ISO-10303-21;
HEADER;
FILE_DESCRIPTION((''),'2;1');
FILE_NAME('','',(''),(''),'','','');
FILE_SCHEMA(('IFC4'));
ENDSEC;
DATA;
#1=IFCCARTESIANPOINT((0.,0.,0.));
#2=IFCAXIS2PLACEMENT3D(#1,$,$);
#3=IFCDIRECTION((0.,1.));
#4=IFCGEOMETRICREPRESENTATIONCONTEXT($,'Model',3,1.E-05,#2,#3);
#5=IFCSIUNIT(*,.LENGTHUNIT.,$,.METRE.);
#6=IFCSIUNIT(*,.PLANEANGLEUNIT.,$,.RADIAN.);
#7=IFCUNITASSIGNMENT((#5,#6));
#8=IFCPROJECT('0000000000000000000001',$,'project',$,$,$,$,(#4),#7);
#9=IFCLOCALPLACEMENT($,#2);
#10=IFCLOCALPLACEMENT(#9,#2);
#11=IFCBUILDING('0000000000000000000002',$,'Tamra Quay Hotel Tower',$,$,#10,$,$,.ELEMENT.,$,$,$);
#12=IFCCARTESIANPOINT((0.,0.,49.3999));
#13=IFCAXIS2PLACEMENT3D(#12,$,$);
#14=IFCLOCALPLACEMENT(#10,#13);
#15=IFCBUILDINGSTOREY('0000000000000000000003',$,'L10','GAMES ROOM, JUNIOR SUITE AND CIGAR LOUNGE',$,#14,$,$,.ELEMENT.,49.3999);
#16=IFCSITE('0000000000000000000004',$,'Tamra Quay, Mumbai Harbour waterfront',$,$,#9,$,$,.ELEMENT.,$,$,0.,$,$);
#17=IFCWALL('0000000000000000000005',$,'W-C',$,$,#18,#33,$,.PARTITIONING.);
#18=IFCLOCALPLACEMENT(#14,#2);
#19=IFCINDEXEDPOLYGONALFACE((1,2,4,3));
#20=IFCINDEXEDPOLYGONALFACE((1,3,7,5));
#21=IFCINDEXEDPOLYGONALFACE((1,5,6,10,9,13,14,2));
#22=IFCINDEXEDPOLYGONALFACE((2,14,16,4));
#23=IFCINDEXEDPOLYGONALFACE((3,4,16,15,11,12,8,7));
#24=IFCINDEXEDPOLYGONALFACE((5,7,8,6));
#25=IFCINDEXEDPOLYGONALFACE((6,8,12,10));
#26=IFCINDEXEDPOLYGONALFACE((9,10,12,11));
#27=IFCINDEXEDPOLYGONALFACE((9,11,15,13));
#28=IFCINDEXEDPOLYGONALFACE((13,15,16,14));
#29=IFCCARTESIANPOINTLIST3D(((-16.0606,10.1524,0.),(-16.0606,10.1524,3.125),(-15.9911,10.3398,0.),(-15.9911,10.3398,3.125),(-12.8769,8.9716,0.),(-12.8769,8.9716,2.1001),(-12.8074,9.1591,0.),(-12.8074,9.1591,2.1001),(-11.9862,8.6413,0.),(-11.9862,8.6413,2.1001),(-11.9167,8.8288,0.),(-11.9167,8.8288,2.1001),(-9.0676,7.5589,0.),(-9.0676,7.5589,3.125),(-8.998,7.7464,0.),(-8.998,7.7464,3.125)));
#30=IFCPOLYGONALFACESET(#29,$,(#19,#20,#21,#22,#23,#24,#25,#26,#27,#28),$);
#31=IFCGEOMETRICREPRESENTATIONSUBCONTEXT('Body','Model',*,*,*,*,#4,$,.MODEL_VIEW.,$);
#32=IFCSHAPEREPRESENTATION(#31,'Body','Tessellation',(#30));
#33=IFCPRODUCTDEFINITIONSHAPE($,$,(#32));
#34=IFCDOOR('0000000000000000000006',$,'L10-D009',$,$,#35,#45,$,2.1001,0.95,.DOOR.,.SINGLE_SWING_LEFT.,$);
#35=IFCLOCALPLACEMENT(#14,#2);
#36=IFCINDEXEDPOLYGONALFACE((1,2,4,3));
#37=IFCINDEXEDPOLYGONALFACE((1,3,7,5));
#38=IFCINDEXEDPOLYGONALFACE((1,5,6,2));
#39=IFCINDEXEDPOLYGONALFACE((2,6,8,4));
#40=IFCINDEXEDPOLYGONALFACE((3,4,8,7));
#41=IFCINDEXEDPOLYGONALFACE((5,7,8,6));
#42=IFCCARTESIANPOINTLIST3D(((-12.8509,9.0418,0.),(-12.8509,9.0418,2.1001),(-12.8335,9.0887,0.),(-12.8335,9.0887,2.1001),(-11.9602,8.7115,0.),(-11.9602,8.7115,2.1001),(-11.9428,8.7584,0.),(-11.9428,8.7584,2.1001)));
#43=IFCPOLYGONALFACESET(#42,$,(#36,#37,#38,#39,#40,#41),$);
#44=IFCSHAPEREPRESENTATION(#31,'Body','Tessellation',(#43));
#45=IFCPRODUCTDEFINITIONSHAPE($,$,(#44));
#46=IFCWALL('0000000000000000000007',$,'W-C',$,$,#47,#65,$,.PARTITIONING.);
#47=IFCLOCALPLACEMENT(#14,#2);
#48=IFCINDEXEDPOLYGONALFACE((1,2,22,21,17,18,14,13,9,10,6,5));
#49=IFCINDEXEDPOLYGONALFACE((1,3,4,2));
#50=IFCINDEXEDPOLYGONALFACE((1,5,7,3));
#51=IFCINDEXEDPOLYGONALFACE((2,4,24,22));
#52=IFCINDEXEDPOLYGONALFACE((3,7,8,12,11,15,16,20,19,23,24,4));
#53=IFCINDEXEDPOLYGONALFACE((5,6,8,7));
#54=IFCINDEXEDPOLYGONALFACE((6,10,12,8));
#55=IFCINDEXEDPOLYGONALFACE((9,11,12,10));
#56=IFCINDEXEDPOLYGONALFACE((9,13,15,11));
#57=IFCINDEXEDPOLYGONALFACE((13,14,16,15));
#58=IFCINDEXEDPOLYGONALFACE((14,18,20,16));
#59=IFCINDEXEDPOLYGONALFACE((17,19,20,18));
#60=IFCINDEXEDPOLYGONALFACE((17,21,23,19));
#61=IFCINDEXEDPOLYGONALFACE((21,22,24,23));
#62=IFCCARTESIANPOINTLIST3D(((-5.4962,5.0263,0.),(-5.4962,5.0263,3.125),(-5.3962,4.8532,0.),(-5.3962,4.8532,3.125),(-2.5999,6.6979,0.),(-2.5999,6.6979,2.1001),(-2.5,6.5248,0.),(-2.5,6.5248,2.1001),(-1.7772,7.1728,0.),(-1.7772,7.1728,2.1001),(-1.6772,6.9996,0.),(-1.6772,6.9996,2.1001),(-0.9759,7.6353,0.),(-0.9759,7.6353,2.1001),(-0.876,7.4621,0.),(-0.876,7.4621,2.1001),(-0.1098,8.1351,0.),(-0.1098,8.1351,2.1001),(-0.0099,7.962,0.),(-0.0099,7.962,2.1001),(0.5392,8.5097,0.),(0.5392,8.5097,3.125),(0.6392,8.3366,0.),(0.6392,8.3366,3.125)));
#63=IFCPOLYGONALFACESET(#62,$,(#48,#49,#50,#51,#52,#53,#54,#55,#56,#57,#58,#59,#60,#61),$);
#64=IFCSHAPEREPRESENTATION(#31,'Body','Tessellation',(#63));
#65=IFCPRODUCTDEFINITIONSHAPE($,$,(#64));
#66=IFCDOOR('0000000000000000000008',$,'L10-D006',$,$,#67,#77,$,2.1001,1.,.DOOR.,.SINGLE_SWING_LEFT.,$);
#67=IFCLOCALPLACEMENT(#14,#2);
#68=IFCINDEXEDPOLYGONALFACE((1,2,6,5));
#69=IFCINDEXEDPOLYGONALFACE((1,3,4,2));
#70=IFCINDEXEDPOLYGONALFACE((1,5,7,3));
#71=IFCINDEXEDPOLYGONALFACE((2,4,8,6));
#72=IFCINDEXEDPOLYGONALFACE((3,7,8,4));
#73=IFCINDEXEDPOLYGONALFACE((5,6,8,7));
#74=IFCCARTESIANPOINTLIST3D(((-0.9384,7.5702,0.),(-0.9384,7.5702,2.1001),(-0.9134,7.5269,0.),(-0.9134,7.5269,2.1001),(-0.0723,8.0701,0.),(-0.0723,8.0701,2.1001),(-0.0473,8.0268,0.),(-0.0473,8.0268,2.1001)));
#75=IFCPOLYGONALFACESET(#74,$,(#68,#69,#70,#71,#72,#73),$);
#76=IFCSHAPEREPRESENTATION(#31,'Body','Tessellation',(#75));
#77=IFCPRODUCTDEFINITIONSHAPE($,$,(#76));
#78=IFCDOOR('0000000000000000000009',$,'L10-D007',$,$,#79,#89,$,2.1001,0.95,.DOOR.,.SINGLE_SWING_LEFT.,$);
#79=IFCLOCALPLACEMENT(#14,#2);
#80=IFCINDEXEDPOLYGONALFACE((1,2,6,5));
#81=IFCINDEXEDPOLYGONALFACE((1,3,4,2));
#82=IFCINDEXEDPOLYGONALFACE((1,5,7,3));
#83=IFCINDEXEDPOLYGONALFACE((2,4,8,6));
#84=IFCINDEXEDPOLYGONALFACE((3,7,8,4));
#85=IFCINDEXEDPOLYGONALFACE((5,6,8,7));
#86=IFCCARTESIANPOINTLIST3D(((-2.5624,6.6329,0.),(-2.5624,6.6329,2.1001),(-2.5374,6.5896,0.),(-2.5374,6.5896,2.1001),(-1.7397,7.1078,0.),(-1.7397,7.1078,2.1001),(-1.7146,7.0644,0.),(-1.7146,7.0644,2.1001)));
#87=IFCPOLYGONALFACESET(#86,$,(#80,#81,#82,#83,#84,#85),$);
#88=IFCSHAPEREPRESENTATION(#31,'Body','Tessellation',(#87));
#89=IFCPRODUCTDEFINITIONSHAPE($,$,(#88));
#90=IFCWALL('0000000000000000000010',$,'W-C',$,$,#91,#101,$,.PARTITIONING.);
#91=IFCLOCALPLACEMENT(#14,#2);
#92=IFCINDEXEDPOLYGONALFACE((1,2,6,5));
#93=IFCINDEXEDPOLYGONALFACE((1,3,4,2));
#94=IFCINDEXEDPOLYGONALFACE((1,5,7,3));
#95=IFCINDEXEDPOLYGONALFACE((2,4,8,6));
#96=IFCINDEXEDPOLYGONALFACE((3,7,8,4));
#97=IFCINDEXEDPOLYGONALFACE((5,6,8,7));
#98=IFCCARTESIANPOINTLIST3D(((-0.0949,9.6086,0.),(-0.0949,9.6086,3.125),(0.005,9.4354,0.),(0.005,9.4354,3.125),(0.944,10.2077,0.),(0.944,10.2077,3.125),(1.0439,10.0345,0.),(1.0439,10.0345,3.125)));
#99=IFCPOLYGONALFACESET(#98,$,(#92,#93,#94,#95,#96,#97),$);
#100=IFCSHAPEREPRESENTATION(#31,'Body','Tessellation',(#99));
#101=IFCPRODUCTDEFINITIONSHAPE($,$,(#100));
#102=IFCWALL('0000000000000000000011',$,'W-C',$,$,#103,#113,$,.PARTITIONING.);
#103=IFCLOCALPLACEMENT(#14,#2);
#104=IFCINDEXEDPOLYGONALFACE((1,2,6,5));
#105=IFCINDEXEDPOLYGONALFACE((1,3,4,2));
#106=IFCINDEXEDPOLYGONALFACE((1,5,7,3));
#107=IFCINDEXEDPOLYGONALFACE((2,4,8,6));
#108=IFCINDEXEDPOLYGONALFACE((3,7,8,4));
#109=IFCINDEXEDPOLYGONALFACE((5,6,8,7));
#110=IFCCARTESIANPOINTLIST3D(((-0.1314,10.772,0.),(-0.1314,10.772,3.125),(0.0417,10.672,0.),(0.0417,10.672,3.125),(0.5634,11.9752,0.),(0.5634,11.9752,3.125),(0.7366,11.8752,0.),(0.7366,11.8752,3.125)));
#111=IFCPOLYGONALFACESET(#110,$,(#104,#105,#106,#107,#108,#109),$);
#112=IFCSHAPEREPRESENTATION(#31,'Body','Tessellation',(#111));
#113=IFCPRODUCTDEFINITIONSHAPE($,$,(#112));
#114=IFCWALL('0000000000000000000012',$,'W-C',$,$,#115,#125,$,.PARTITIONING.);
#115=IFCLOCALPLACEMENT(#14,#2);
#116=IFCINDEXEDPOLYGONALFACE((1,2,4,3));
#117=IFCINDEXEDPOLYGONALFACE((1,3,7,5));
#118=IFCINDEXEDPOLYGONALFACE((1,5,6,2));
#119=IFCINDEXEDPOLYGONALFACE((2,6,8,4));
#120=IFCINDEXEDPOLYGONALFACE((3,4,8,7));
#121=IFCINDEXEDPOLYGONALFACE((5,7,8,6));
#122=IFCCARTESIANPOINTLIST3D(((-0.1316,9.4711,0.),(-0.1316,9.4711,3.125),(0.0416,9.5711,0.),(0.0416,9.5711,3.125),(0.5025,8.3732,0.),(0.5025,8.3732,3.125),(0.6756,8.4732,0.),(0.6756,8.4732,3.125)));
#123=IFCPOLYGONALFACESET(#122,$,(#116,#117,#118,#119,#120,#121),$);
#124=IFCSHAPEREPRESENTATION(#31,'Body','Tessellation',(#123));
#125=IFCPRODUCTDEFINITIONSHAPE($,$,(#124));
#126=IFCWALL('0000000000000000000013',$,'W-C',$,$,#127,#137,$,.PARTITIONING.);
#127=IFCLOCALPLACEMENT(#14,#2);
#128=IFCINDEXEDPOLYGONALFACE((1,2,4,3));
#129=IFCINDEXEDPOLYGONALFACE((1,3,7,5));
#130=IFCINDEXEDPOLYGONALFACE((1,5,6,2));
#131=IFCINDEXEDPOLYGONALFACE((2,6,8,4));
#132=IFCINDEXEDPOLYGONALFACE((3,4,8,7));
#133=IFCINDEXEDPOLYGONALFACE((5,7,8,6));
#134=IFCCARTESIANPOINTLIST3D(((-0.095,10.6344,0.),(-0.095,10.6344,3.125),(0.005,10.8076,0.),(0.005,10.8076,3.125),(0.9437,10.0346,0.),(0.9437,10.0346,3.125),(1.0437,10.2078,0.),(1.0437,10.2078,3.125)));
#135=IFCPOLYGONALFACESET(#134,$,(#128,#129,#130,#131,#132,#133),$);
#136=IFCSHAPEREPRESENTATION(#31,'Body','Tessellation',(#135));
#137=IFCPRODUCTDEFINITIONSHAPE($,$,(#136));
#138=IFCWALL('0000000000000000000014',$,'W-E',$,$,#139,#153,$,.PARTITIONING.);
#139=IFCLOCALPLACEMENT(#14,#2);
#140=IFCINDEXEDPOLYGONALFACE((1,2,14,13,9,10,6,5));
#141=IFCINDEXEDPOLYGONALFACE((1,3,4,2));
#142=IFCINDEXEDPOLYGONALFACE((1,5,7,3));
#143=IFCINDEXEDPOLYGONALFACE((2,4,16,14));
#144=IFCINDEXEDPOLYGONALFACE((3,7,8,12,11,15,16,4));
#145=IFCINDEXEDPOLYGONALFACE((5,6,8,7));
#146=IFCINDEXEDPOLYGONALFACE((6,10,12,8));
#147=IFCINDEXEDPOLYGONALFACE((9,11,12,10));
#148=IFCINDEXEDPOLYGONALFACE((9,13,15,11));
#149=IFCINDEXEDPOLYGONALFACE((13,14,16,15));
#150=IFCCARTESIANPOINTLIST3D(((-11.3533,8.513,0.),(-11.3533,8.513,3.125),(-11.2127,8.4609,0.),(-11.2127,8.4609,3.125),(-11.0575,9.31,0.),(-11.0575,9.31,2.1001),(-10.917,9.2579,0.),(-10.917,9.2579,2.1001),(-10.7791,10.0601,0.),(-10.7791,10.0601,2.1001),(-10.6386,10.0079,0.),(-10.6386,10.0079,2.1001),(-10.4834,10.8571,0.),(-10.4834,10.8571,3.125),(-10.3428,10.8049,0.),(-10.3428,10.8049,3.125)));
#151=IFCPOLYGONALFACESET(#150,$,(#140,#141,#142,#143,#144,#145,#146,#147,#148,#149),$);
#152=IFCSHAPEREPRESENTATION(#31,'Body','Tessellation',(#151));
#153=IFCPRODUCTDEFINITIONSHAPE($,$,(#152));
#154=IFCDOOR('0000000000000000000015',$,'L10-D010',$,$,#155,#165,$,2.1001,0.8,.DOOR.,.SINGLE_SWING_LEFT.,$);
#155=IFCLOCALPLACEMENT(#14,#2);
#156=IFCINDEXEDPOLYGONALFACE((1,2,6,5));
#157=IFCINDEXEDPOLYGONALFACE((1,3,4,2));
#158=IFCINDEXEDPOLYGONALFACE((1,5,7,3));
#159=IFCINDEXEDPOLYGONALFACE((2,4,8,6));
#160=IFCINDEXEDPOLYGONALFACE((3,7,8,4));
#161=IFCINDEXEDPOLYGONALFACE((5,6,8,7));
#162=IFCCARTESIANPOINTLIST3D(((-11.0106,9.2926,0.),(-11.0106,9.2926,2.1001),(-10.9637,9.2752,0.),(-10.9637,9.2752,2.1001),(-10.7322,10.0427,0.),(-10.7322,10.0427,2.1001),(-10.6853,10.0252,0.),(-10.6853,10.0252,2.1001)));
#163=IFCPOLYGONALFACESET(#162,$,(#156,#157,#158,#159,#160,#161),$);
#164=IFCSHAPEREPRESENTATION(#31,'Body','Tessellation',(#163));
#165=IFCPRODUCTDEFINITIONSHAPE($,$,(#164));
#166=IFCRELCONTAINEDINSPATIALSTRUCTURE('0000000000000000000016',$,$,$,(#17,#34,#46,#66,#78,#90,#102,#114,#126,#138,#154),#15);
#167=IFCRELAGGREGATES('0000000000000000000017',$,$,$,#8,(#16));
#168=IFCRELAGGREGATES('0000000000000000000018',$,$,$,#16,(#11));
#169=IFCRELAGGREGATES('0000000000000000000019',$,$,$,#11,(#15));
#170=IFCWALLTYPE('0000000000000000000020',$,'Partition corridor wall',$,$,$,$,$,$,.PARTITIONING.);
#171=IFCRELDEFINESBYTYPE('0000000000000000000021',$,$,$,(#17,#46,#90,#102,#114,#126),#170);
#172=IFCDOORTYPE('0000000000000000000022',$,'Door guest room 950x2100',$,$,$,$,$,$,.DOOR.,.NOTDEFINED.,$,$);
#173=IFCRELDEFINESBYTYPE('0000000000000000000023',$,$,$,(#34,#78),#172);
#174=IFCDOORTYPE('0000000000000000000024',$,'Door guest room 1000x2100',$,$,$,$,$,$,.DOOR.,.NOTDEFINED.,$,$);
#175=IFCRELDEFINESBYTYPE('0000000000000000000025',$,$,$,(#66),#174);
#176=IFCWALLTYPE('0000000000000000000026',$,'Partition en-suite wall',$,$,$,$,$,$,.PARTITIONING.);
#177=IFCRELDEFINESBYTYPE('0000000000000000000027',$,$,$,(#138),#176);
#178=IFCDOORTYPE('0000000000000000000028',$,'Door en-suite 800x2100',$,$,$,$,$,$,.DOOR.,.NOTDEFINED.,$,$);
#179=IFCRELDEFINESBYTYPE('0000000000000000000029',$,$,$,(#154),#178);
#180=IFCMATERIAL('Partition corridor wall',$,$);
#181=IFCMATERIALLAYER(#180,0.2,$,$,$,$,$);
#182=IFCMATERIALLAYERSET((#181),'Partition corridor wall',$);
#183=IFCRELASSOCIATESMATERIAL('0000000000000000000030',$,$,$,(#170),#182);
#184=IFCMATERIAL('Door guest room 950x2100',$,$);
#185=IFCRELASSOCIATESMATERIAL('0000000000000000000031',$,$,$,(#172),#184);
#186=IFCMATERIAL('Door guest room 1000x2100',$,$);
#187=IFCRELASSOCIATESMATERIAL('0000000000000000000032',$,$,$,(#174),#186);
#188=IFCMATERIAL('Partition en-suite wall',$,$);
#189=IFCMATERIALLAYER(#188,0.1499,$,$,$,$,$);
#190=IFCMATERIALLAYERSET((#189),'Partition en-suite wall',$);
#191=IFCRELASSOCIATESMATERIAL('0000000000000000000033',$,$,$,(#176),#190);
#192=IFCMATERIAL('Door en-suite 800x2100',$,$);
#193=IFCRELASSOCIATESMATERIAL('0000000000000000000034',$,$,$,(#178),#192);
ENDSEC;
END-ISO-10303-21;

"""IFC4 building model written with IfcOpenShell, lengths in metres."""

from ifc_helpers import new_model, si_unit, direction, frame, frame_2d, origin, place, context, subcontext, project, spatial, rectangle, extrude, material, layer, layer_set, type_object, element, fill, save


model = new_model("IFC4")

# Units and contexts
model_context = context("Model", 3, precision=1e-05, world=origin(), true_north=direction((0.0, 1.0)))
body_context = subcontext(model_context, "Body", "Model", "MODEL_VIEW")
ifc_project = project(units=[si_unit("LENGTHUNIT", "METRE"), si_unit("PLANEANGLEUNIT", "RADIAN")], contexts=[model_context])

# Site, building, storey
site_placement = place(None, origin())
site = spatial("IfcSite", under=ifc_project, at=site_placement, Name="Tamra Quay, Mumbai Harbour waterfront", CompositionType="ELEMENT", RefElevation=0.0)
building_placement = place(site_placement, origin())
building = spatial("IfcBuilding", under=site, at=building_placement, Name="Tamra Quay Hotel Tower", CompositionType="ELEMENT")
storey_placement = place(building_placement, frame((0.0, 0.0, 49.3999)))
storey = spatial("IfcBuildingStorey", under=building, at=storey_placement, Name="L10", Description="GAMES ROOM, JUNIOR SUITE AND CIGAR LOUNGE", CompositionType="ELEMENT", Elevation=49.3999)

# Wall, opening, door
ifc_material_1 = material(Name="Partition corridor wall")
ifc_layer_1 = layer(ifc_material_1, 0.2)
ifc_layer_set_1 = layer_set([ifc_layer_1], Name="Partition corridor wall")
wall_type_1 = type_object("IfcWallType", Name="Partition corridor wall", PredefinedType="PARTITIONING", material=ifc_layer_set_1)
wall_1_placement = place(storey_placement, frame((-16.0259, 10.2461, 0.0), z_axis=(0.0, 0.0, 1.0), x_axis=(0.937598, -0.347721, 0.0)))
wall_1 = element("IfcWall", 1, at=wall_1_placement, inside=storey, type_object=wall_type_1, Name="W-C", PredefinedType="PARTITIONING", context=body_context, shape_type="SweptSolid", body=[
    extrude(rectangle(XDim=7.4585, YDim=0.2, at=frame_2d((3.7292, 0.0))), origin(), (0.0, 0.0, 1.0), 3.125),
])
opening_1_placement = place(wall_1_placement, frame((3.3955, 0.0, 0.0)))
opening_1 = element("IfcOpeningElement", 2, at=opening_1_placement, cuts=wall_1, PredefinedType="OPENING", context=body_context, shape_type="SweptSolid", body=[
    extrude(rectangle(XDim=0.95, YDim=2.1001, at=frame_2d((0.4751, 1.05))), frame((0.0, 0.1099, 0.0), z_axis=(0.0, -1.0, 0.0), x_axis=(1.0, 0.0, 0.0)), (0.0, 0.0, 1.0), 0.22),
])
ifc_material_2 = material(Name="Door guest room 950x2100")
door_type_1 = type_object("IfcDoorType", Name="Door guest room 950x2100", OperationType="NOTDEFINED", PredefinedType="DOOR", material=ifc_material_2)
door_1_placement = place(opening_1_placement, origin())
door_1 = element("IfcDoor", 3, at=door_1_placement, inside=storey, type_object=door_type_1, Name="L10-D009", OperationType="SINGLE_SWING_LEFT", OverallHeight=2.1001, OverallWidth=0.95, PredefinedType="DOOR", context=body_context, shape_type="SweptSolid", body=[
    extrude(rectangle(XDim=0.95, YDim=2.1001, at=frame_2d((0.4751, 1.05))), frame((0.0, 0.0249, 0.0), z_axis=(0.0, -1.0, 0.0), x_axis=(1.0, 0.0, 0.0)), (0.0, 0.0, 1.0), 0.05),
])
fill(opening_1, door_1)

# Wall, openings, doors
wall_2_placement = place(storey_placement, frame((-5.4463, 4.9397, 0.0), z_axis=(0.0, 0.0, 1.0), x_axis=(0.866096, 0.499877, 0.0)))
wall_2 = element("IfcWall", 4, at=wall_2_placement, inside=storey, type_object=wall_type_1, Name="W-C", PredefinedType="PARTITIONING", context=body_context, shape_type="SweptSolid", body=[
    extrude(rectangle(XDim=6.9685, YDim=0.2, at=frame_2d((3.4844, 0.0))), origin(), (0.0, 0.0, 1.0), 3.125),
])
opening_2_placement = place(wall_2_placement, frame((5.2192, 0.0, 0.0)))
opening_2 = element("IfcOpeningElement", 5, at=opening_2_placement, cuts=wall_2, PredefinedType="OPENING", context=body_context, shape_type="SweptSolid", body=[
    extrude(rectangle(XDim=1.0, YDim=2.1001, at=frame_2d((0.5, 1.05))), frame((0.0, 0.1099, 0.0), z_axis=(0.0, -1.0, 0.0), x_axis=(1.0, 0.0, 0.0)), (0.0, 0.0, 1.0), 0.22),
])
opening_3_placement = place(wall_2_placement, frame((3.344, 0.0, 0.0)))
opening_3 = element("IfcOpeningElement", 6, at=opening_3_placement, cuts=wall_2, PredefinedType="OPENING", context=body_context, shape_type="SweptSolid", body=[
    extrude(rectangle(XDim=0.95, YDim=2.1001, at=frame_2d((0.4751, 1.05))), frame((0.0, 0.1099, 0.0), z_axis=(0.0, -1.0, 0.0), x_axis=(1.0, 0.0, 0.0)), (0.0, 0.0, 1.0), 0.22),
])
ifc_material_3 = material(Name="Door guest room 1000x2100")
door_type_2 = type_object("IfcDoorType", Name="Door guest room 1000x2100", OperationType="NOTDEFINED", PredefinedType="DOOR", material=ifc_material_3)
door_2_placement = place(opening_2_placement, origin())
door_2 = element("IfcDoor", 7, at=door_2_placement, inside=storey, type_object=door_type_2, Name="L10-D006", OperationType="SINGLE_SWING_LEFT", OverallHeight=2.1001, OverallWidth=1.0, PredefinedType="DOOR", context=body_context, shape_type="SweptSolid", body=[
    extrude(rectangle(XDim=1.0, YDim=2.1001, at=frame_2d((0.5, 1.05))), frame((0.0, 0.0249, 0.0), z_axis=(0.0, -1.0, 0.0), x_axis=(1.0, 0.0, 0.0)), (0.0, 0.0, 1.0), 0.05),
])
fill(opening_2, door_2)
door_3_placement = place(opening_3_placement, origin())
door_3 = element("IfcDoor", 8, at=door_3_placement, inside=storey, type_object=door_type_1, Name="L10-D007", OperationType="SINGLE_SWING_LEFT", OverallHeight=2.1001, OverallWidth=0.95, PredefinedType="DOOR", context=body_context, shape_type="SweptSolid", body=[
    extrude(rectangle(XDim=0.95, YDim=2.1001, at=frame_2d((0.4751, 1.05))), frame((0.0, 0.0249, 0.0), z_axis=(0.0, -1.0, 0.0), x_axis=(1.0, 0.0, 0.0)), (0.0, 0.0, 1.0), 0.05),
])
fill(opening_3, door_3)

# Walls
wall_3_placement = place(storey_placement, frame((-0.0449, 9.522, 0.0), z_axis=(0.0, 0.0, 1.0), x_axis=(0.866257, 0.499599, 0.0)))
element("IfcWall", 9, at=wall_3_placement, inside=storey, type_object=wall_type_1, Name="W-C", PredefinedType="PARTITIONING", context=body_context, shape_type="SweptSolid", body=[
    extrude(rectangle(XDim=1.1992, YDim=0.2, at=frame_2d((0.5996, 0.0))), origin(), (0.0, 0.0, 1.0), 3.125),
])
wall_4_placement = place(storey_placement, frame((-0.0449, 10.7219, 0.0), z_axis=(0.0, 0.0, 1.0), x_axis=(0.500108, 0.865963, 0.0)))
element("IfcWall", 10, at=wall_4_placement, inside=storey, type_object=wall_type_1, Name="W-C", PredefinedType="PARTITIONING", context=body_context, shape_type="SweptSolid", body=[
    extrude(rectangle(XDim=1.3894, YDim=0.2, at=frame_2d((0.6948, 0.0))), origin(), (0.0, 0.0, 1.0), 3.125),
])
wall_5_placement = place(storey_placement, frame((-0.0449, 9.521, 0.0), z_axis=(0.0, 0.0, 1.0), x_axis=(0.500095, -0.865971, 0.0)))
element("IfcWall", 11, at=wall_5_placement, inside=storey, type_object=wall_type_1, Name="W-C", PredefinedType="PARTITIONING", context=body_context, shape_type="SweptSolid", body=[
    extrude(rectangle(XDim=1.2678, YDim=0.2, at=frame_2d((0.6338, 0.0))), origin(), (0.0, 0.0, 1.0), 3.125),
])
wall_6_placement = place(storey_placement, frame((-0.0449, 10.7209, 0.0), z_axis=(0.0, 0.0, 1.0), x_axis=(0.865992, -0.500057, 0.0)))
element("IfcWall", 12, at=wall_6_placement, inside=storey, type_object=wall_type_1, Name="W-C", PredefinedType="PARTITIONING", context=body_context, shape_type="SweptSolid", body=[
    extrude(rectangle(XDim=1.1995, YDim=0.2, at=frame_2d((0.5996, 0.0))), origin(), (0.0, 0.0, 1.0), 3.125),
])

# Wall, opening, door
ifc_material_4 = material(Name="Partition en-suite wall")
ifc_layer_2 = layer(ifc_material_4, 0.1499)
ifc_layer_set_2 = layer_set([ifc_layer_2], Name="Partition en-suite wall")
wall_type_2 = type_object("IfcWallType", Name="Partition en-suite wall", PredefinedType="PARTITIONING", material=ifc_layer_set_2)
wall_7_placement = place(storey_placement, frame((-11.283, 8.4871, 0.0), z_axis=(0.0, 0.0, 1.0), x_axis=(0.347922, 0.937524, 0.0)))
wall_7 = element("IfcWall", 13, at=wall_7_placement, inside=storey, type_object=wall_type_2, Name="W-E", PredefinedType="PARTITIONING", context=body_context, shape_type="SweptSolid", body=[
    extrude(rectangle(XDim=2.5002, YDim=0.1499, at=frame_2d((1.25, 0.0))), origin(), (0.0, 0.0, 1.0), 3.125),
])
opening_4_placement = place(wall_7_placement, frame((0.8501, 0.0, 0.0)))
opening_4 = element("IfcOpeningElement", 14, at=opening_4_placement, cuts=wall_7, PredefinedType="OPENING", context=body_context, shape_type="SweptSolid", body=[
    extrude(rectangle(XDim=0.8, YDim=2.1001, at=frame_2d((0.3999, 1.05))), frame((0.0, 0.085, 0.0), z_axis=(0.0, -1.0, 0.0), x_axis=(1.0, 0.0, 0.0)), (0.0, 0.0, 1.0), 0.1699),
])
ifc_material_5 = material(Name="Door en-suite 800x2100")
door_type_3 = type_object("IfcDoorType", Name="Door en-suite 800x2100", OperationType="NOTDEFINED", PredefinedType="DOOR", material=ifc_material_5)
door_4_placement = place(opening_4_placement, origin())
door_4 = element("IfcDoor", 15, at=door_4_placement, inside=storey, type_object=door_type_3, Name="L10-D010", OperationType="SINGLE_SWING_LEFT", OverallHeight=2.1001, OverallWidth=0.8, PredefinedType="DOOR", context=body_context, shape_type="SweptSolid", body=[
    extrude(rectangle(XDim=0.8, YDim=2.1001, at=frame_2d((0.3999, 1.05))), frame((0.0, 0.0249, 0.0), z_axis=(0.0, -1.0, 0.0), x_axis=(1.0, 0.0, 0.0)), (0.0, 0.0, 1.0), 0.05),
])
fill(opening_4, door_4)

save(model, "model.ifc")
